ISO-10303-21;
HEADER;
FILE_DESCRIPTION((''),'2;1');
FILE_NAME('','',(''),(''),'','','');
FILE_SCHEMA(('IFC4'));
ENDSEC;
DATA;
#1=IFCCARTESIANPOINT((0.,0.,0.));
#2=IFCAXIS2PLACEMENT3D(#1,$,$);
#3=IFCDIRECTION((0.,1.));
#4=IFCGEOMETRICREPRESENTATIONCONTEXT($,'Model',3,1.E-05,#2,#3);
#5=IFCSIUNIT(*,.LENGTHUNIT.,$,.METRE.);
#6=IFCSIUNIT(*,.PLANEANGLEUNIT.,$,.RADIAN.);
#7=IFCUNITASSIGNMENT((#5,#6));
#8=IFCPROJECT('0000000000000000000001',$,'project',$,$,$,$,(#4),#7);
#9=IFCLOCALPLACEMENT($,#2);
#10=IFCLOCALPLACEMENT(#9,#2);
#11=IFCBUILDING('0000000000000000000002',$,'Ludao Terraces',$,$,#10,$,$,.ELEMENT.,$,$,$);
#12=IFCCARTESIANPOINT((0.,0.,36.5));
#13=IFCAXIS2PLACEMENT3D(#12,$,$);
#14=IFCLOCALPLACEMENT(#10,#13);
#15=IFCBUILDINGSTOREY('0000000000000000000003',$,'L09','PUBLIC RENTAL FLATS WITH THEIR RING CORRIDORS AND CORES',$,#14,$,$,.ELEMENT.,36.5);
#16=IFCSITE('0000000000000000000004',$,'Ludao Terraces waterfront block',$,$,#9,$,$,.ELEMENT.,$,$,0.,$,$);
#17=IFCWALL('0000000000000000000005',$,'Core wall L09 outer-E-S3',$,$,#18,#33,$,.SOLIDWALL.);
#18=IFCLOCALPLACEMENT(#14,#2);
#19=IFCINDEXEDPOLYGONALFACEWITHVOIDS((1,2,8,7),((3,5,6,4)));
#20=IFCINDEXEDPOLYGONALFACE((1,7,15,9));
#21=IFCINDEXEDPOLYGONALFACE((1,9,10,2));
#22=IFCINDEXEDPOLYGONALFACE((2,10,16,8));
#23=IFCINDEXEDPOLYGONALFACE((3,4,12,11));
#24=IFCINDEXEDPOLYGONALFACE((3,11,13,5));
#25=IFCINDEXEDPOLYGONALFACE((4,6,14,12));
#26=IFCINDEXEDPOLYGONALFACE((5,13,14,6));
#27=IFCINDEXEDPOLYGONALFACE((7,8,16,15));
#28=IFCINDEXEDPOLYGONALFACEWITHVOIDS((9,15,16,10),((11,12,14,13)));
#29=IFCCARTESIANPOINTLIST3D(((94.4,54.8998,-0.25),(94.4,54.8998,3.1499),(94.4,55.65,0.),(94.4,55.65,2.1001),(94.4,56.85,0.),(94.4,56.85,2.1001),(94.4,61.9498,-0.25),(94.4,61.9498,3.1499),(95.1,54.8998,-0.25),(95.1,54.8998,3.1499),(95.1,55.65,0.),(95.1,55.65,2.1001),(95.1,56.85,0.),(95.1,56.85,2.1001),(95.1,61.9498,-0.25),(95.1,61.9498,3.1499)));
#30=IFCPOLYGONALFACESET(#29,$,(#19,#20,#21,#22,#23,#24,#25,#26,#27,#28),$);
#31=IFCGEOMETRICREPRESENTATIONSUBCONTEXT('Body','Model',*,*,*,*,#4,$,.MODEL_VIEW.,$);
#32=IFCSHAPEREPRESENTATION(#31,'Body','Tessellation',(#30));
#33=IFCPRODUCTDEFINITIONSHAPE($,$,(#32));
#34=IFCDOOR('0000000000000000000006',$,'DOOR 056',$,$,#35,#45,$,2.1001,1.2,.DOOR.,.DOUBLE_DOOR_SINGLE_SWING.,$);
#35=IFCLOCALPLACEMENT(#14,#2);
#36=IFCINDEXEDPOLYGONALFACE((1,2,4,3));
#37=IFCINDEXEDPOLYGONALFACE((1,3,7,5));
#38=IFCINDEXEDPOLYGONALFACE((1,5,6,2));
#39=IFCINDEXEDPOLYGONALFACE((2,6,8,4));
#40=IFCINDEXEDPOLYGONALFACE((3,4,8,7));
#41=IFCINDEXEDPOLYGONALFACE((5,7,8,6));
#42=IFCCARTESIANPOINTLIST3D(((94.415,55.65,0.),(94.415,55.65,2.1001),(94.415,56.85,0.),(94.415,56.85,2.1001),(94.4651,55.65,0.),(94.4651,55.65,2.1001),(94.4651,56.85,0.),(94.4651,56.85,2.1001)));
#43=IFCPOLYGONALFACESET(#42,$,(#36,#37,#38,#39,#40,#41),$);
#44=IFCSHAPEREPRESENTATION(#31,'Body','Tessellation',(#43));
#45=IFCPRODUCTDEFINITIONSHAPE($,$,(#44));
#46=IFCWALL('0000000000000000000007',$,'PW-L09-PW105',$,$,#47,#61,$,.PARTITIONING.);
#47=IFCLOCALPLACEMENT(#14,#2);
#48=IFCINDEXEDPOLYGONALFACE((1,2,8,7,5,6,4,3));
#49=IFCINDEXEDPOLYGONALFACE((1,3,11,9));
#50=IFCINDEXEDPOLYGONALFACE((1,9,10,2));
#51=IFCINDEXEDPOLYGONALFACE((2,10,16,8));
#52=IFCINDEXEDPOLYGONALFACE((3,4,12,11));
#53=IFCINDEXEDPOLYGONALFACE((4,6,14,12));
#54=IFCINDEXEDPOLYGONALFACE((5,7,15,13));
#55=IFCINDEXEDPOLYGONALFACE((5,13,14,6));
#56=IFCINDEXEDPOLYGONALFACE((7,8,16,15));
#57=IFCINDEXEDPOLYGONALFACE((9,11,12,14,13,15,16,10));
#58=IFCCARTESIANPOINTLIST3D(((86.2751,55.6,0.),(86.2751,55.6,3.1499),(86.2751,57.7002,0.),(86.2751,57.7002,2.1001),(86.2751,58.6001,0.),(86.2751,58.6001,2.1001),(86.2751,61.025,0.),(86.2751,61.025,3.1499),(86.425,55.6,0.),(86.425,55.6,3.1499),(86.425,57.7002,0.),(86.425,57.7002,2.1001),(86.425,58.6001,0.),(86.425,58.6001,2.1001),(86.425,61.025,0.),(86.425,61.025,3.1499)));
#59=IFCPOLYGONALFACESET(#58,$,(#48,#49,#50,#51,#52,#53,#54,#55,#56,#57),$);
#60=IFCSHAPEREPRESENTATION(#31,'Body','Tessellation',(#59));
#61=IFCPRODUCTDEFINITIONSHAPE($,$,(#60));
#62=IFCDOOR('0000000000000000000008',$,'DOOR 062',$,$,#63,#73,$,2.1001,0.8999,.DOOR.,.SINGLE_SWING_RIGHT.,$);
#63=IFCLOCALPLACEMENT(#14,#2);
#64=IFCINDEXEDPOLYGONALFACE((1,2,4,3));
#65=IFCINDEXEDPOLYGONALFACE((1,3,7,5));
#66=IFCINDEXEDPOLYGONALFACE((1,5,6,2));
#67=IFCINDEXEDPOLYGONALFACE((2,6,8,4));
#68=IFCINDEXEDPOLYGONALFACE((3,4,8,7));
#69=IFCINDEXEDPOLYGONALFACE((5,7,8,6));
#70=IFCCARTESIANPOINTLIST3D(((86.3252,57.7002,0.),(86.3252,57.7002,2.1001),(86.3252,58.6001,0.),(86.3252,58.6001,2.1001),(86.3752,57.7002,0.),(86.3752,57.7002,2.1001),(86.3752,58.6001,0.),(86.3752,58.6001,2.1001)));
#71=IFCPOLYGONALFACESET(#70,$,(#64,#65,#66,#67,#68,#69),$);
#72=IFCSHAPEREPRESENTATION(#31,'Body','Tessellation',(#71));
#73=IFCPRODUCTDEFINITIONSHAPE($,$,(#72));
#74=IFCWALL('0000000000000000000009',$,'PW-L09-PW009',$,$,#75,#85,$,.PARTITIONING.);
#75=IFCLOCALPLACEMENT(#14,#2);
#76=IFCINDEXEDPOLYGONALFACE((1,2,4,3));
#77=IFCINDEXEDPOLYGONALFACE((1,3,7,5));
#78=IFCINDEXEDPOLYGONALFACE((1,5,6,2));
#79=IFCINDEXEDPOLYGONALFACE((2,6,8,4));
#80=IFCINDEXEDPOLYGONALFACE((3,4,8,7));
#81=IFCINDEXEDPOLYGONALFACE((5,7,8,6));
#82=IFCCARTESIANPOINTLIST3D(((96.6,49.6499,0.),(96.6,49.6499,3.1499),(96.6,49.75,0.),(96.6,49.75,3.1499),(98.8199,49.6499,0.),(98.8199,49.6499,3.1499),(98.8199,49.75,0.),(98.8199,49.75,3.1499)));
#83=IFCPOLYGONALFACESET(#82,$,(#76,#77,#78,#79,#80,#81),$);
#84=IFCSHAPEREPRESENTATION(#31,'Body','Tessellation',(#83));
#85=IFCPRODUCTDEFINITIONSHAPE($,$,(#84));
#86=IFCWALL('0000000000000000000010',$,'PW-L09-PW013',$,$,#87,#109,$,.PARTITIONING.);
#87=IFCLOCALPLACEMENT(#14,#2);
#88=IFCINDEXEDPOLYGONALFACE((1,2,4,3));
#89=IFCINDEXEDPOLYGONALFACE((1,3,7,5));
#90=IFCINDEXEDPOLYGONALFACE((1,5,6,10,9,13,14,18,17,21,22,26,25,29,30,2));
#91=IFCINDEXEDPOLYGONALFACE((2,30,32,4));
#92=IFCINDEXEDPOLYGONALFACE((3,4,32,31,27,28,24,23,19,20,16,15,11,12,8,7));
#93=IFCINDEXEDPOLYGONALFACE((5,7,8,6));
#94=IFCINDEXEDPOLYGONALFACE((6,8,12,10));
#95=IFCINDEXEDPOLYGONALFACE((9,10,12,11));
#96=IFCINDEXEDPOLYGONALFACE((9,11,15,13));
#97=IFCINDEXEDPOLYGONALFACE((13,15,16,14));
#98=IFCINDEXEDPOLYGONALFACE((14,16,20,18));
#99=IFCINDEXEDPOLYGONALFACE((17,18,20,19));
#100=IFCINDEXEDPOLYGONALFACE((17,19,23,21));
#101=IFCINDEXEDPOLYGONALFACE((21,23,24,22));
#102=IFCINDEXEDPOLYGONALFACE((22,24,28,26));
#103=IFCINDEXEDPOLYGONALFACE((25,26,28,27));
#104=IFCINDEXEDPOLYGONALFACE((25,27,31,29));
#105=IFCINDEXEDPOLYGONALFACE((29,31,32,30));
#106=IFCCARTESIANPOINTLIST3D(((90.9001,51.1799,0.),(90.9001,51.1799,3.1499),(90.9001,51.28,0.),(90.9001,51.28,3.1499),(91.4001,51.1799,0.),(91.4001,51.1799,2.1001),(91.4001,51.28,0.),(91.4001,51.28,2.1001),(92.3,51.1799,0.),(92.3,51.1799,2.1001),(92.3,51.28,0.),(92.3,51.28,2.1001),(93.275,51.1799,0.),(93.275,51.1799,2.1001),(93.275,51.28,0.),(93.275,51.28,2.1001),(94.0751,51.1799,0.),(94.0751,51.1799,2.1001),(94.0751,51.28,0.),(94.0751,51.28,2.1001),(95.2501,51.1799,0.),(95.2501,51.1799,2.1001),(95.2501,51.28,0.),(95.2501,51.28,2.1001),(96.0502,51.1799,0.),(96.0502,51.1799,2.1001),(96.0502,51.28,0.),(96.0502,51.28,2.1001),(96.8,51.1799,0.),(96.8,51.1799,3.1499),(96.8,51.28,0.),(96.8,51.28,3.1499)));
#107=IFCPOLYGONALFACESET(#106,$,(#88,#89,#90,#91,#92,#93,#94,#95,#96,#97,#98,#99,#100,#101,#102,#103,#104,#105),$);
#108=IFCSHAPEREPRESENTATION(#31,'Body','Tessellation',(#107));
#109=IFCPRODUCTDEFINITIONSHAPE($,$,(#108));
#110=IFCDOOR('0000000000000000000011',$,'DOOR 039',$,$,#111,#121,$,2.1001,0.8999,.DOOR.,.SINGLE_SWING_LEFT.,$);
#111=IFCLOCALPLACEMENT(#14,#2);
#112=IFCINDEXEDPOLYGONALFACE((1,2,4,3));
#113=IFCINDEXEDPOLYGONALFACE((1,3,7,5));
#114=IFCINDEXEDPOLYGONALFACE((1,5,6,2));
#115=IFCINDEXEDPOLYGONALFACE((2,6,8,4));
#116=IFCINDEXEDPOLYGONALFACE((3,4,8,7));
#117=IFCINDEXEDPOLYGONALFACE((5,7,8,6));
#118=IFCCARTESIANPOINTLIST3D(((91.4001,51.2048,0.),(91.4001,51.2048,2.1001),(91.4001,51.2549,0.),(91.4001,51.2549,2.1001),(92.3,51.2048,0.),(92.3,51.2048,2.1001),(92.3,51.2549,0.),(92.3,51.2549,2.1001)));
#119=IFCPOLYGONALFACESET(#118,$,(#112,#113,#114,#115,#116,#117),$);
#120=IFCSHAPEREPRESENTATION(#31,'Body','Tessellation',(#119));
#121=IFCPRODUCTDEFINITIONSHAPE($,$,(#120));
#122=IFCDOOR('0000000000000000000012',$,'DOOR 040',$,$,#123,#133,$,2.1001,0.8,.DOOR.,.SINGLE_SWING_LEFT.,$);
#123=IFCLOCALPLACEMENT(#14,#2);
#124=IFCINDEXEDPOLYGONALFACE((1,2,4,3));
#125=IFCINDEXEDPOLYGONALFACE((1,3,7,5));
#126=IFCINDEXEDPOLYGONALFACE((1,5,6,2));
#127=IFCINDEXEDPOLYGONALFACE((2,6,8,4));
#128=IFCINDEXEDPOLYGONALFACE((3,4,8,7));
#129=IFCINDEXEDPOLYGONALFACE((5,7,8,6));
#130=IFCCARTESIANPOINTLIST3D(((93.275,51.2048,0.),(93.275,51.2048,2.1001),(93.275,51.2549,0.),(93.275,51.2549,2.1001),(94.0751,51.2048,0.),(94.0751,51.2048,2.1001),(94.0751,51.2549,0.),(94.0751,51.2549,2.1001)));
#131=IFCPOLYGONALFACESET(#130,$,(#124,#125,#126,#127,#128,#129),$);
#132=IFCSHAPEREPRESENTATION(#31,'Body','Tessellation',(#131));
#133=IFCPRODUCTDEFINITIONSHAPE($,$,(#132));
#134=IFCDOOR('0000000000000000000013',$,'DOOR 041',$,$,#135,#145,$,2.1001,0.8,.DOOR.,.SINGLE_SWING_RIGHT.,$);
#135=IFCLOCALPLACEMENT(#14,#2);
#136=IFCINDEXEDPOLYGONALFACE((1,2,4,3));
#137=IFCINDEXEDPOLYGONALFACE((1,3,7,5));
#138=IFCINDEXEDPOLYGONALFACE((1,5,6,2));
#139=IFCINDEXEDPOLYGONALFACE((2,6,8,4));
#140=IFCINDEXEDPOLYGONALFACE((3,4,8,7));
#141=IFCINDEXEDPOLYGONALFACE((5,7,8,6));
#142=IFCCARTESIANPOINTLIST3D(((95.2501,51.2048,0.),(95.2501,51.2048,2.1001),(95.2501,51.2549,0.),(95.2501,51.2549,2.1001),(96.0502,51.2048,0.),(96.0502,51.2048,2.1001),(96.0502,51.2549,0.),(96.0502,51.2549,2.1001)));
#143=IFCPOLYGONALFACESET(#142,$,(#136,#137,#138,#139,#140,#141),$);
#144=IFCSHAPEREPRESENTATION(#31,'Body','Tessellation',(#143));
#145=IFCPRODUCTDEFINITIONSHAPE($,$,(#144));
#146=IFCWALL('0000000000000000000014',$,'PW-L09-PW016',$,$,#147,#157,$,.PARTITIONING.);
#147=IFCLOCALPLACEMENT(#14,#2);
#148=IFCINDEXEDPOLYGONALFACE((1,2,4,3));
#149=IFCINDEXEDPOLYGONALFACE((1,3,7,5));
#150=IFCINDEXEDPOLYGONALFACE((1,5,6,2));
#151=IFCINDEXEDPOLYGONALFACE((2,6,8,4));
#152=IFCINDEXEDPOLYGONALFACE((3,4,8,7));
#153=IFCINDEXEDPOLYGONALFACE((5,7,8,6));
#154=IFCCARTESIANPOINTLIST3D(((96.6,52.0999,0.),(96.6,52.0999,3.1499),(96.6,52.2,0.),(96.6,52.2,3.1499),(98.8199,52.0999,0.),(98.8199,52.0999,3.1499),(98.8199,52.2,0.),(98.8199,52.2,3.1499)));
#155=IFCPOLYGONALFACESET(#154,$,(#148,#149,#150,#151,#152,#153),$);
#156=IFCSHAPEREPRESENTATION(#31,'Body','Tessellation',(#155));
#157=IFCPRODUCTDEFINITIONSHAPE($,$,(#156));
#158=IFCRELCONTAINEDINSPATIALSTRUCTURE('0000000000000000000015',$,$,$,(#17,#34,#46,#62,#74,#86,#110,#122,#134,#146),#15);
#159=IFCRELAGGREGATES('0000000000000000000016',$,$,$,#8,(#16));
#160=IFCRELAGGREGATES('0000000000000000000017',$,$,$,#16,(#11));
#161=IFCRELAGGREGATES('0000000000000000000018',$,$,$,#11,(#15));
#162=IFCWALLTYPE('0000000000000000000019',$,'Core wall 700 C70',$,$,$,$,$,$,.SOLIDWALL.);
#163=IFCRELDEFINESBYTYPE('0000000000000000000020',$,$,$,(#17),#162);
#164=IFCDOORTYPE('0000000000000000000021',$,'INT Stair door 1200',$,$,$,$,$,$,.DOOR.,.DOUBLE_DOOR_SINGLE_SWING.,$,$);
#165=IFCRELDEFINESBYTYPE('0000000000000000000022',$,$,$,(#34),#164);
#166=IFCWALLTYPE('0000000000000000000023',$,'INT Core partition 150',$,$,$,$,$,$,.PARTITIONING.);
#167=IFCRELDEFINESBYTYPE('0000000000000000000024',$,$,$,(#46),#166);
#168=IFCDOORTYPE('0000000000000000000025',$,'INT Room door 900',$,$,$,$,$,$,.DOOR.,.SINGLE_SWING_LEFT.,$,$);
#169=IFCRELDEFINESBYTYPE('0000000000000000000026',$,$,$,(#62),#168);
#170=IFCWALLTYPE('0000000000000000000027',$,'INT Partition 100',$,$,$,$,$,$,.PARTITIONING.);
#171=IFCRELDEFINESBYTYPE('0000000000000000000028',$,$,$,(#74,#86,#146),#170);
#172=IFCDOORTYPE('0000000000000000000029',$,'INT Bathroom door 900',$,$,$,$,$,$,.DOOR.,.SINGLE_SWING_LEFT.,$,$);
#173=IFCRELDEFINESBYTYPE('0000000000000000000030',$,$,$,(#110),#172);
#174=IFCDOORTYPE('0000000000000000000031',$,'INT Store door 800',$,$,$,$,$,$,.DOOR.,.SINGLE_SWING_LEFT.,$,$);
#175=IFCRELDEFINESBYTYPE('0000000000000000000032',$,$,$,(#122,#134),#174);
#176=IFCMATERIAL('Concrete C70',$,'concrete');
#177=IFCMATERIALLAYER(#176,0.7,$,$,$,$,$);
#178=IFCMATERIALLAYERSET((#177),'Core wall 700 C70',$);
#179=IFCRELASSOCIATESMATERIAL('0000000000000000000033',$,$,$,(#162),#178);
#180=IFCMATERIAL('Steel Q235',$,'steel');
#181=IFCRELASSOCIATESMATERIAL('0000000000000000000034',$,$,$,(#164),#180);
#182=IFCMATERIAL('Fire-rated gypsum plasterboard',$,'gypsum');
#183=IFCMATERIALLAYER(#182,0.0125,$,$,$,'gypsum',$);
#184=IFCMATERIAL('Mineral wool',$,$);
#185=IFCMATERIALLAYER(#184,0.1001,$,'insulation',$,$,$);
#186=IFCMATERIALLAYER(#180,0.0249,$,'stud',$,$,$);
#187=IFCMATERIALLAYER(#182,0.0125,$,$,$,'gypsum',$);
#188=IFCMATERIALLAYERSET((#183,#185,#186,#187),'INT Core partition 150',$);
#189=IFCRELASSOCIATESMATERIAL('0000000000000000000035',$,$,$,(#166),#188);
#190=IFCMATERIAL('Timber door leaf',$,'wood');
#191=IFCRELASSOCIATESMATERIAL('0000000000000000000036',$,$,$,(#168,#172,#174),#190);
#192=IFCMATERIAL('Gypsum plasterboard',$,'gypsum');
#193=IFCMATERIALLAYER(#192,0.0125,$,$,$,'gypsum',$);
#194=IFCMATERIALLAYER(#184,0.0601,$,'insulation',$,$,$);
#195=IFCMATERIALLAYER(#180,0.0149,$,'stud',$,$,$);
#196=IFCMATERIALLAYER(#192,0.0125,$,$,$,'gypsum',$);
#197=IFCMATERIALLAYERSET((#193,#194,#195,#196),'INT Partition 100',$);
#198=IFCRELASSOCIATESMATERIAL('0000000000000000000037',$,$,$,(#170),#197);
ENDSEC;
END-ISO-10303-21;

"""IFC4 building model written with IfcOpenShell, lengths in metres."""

from ifc_helpers import new_model, si_unit, direction, frame, frame_2d, origin, place, context, subcontext, project, spatial, rectangle, extrude, material, layer, layer_set, type_object, element, fill, save


model = new_model("IFC4")

# Units and contexts
model_context = context("Model", 3, precision=1e-05, world=origin(), true_north=direction((0.0, 1.0)))
body_context = subcontext(model_context, "Body", "Model", "MODEL_VIEW")
ifc_project = project(units=[si_unit("LENGTHUNIT", "METRE"), si_unit("PLANEANGLEUNIT", "RADIAN")], contexts=[model_context])

# Site, building, storey
site_placement = place(None, origin())
site = spatial("IfcSite", under=ifc_project, at=site_placement, Name="Ludao Terraces waterfront block", CompositionType="ELEMENT", RefElevation=0.0)
building_placement = place(site_placement, origin())
building = spatial("IfcBuilding", under=site, at=building_placement, Name="Ludao Terraces", CompositionType="ELEMENT")
storey_placement = place(building_placement, frame((0.0, 0.0, 36.5)))
storey = spatial("IfcBuildingStorey", under=building, at=storey_placement, Name="L09", Description="PUBLIC RENTAL FLATS WITH THEIR RING CORRIDORS AND CORES", CompositionType="ELEMENT", Elevation=36.5)

# Walls, openings, doors
ifc_material_1 = material(Name="Concrete C70", Category="concrete")
ifc_layer_1 = layer(ifc_material_1, 0.7)
ifc_layer_set_1 = layer_set([ifc_layer_1], Name="Core wall 700 C70")
wall_type_1 = type_object("IfcWallType", Name="Core wall 700 C70", PredefinedType="SOLIDWALL", material=ifc_layer_set_1)
wall_1_placement = place(storey_placement, frame((94.75, 54.8999, -0.25), z_axis=(0.0, 0.0, 1.0), x_axis=(0.0, 1.0, 0.0)))
wall_1 = element("IfcWall", 1, at=wall_1_placement, inside=storey, type_object=wall_type_1, Name="Core wall L09 outer-E-S3", PredefinedType="SOLIDWALL", context=body_context, shape_type="SweptSolid", body=[
    extrude(rectangle(XDim=7.05, YDim=0.7, at=frame_2d((3.5249, 0.0))), origin(), (0.0, 0.0, 1.0), 3.3999),
])
opening_1_placement = place(wall_1_placement, frame((0.75, 0.0, 0.25)))
opening_1 = element("IfcOpeningElement", 2, at=opening_1_placement, cuts=wall_1, PredefinedType="OPENING", context=body_context, shape_type="SweptSolid", body=[
    extrude(rectangle(XDim=1.2, YDim=2.1001, at=frame_2d((0.6001, 1.05))), frame((0.0, 0.3599, 0.0), z_axis=(0.0, -1.0, 0.0), x_axis=(1.0, 0.0, 0.0)), (0.0, 0.0, 1.0), 0.72),
])
ifc_material_2 = material(Name="Steel Q235", Category="steel")
door_type_1 = type_object("IfcDoorType", Name="INT Stair door 1200", OperationType="DOUBLE_DOOR_SINGLE_SWING", PredefinedType="DOOR", material=ifc_material_2)
door_1_placement = place(opening_1_placement, origin())
door_1 = element("IfcDoor", 3, at=door_1_placement, inside=storey, type_object=door_type_1, Name="DOOR 056", OperationType="DOUBLE_DOOR_SINGLE_SWING", OverallHeight=2.1001, OverallWidth=1.2, PredefinedType="DOOR", context=body_context, shape_type="SweptSolid", body=[
    extrude(rectangle(XDim=1.2, YDim=2.1001, at=frame_2d((0.6001, 1.05))), frame((0.0, 0.335, 0.0), z_axis=(0.0, -1.0, 0.0), x_axis=(1.0, 0.0, 0.0)), (0.0, 0.0, 1.0), 0.05),
])
fill(opening_1, door_1)
ifc_material_3 = material(Name="Fire-rated gypsum plasterboard", Category="gypsum")
ifc_layer_2 = layer(ifc_material_3, 0.0125, Category="gypsum")
ifc_material_4 = material(Name="Mineral wool")
ifc_layer_3 = layer(ifc_material_4, 0.1001, Name="insulation")
ifc_layer_4 = layer(ifc_material_2, 0.0249, Name="stud")
ifc_layer_5 = layer(ifc_material_3, 0.0125, Category="gypsum")
ifc_layer_set_2 = layer_set([ifc_layer_2, ifc_layer_3, ifc_layer_4, ifc_layer_5], Name="INT Core partition 150")
wall_type_2 = type_object("IfcWallType", Name="INT Core partition 150", PredefinedType="PARTITIONING", material=ifc_layer_set_2)
wall_2_placement = place(storey_placement, frame((86.3501, 55.6001, 0.0), z_axis=(0.0, 0.0, 1.0), x_axis=(0.0, 1.0, 0.0)))
wall_2 = element("IfcWall", 4, at=wall_2_placement, inside=storey, type_object=wall_type_2, Name="PW-L09-PW105", PredefinedType="PARTITIONING", context=body_context, shape_type="SweptSolid", body=[
    extrude(rectangle(XDim=5.425, YDim=0.1499, at=frame_2d((2.7124, 0.0))), origin(), (0.0, 0.0, 1.0), 3.1499),
])
opening_2_placement = place(wall_2_placement, frame((2.1001, 0.0, 0.0)))
opening_2 = element("IfcOpeningElement", 5, at=opening_2_placement, cuts=wall_2, PredefinedType="OPENING", context=body_context, shape_type="SweptSolid", body=[
    extrude(rectangle(XDim=0.8999, YDim=2.1001, at=frame_2d((0.45, 1.05))), frame((0.0, 0.085, 0.0), z_axis=(0.0, -1.0, 0.0), x_axis=(1.0, 0.0, 0.0)), (0.0, 0.0, 1.0), 0.1699),
])
ifc_material_5 = material(Name="Timber door leaf", Category="wood")
door_type_2 = type_object("IfcDoorType", Name="INT Room door 900", OperationType="SINGLE_SWING_LEFT", PredefinedType="DOOR", material=ifc_material_5)
door_2_placement = place(opening_2_placement, origin())
door_2 = element("IfcDoor", 6, at=door_2_placement, inside=storey, type_object=door_type_2, Name="DOOR 062", OperationType="SINGLE_SWING_RIGHT", OverallHeight=2.1001, OverallWidth=0.8999, PredefinedType="DOOR", context=body_context, shape_type="SweptSolid", body=[
    extrude(rectangle(XDim=0.8999, YDim=2.1001, at=frame_2d((0.45, 1.05))), frame((0.0, 0.0249, 0.0), z_axis=(0.0, -1.0, 0.0), x_axis=(1.0, 0.0, 0.0)), (0.0, 0.0, 1.0), 0.05),
])
fill(opening_2, door_2)

# Wall
ifc_material_6 = material(Name="Gypsum plasterboard", Category="gypsum")
ifc_layer_6 = layer(ifc_material_6, 0.0125, Category="gypsum")
ifc_layer_7 = layer(ifc_material_4, 0.0601, Name="insulation")
ifc_layer_8 = layer(ifc_material_2, 0.0149, Name="stud")
ifc_layer_9 = layer(ifc_material_6, 0.0125, Category="gypsum")
ifc_layer_set_3 = layer_set([ifc_layer_6, ifc_layer_7, ifc_layer_8, ifc_layer_9], Name="INT Partition 100")
wall_type_3 = type_object("IfcWallType", Name="INT Partition 100", PredefinedType="PARTITIONING", material=ifc_layer_set_3)
wall_3_placement = place(storey_placement, frame((96.6001, 49.7, 0.0), z_axis=(0.0, 0.0, 1.0), x_axis=(1.0, 0.0, 0.0)))
element("IfcWall", 7, at=wall_3_placement, inside=storey, type_object=wall_type_3, Name="PW-L09-PW009", PredefinedType="PARTITIONING", context=body_context, shape_type="SweptSolid", body=[
    extrude(rectangle(XDim=2.22, YDim=0.1001, at=frame_2d((1.1099, 0.0))), origin(), (0.0, 0.0, 1.0), 3.1499),
])

# Wall, openings, doors
wall_4_placement = place(storey_placement, frame((90.9001, 51.23, 0.0), z_axis=(0.0, 0.0, 1.0), x_axis=(1.0, 0.0, 0.0)))
wall_4 = element("IfcWall", 8, at=wall_4_placement, inside=storey, type_object=wall_type_3, Name="PW-L09-PW013", PredefinedType="PARTITIONING", context=body_context, shape_type="SweptSolid", body=[
    extrude(rectangle(XDim=5.8999, YDim=0.1001, at=frame_2d((2.95, 0.0))), origin(), (0.0, 0.0, 1.0), 3.1499),
])
opening_3_placement = place(wall_4_placement, frame((0.5, 0.0, 0.0)))
opening_3 = element("IfcOpeningElement", 9, at=opening_3_placement, cuts=wall_4, PredefinedType="OPENING", context=body_context, shape_type="SweptSolid", body=[
    extrude(rectangle(XDim=0.8999, YDim=2.1001, at=frame_2d((0.45, 1.05))), frame((0.0, 0.0601, 0.0), z_axis=(0.0, -1.0, 0.0), x_axis=(1.0, 0.0, 0.0)), (0.0, 0.0, 1.0), 0.1201),
])
opening_4_placement = place(wall_4_placement, frame((2.375, 0.0, 0.0)))
opening_4 = element("IfcOpeningElement", 10, at=opening_4_placement, cuts=wall_4, PredefinedType="OPENING", context=body_context, shape_type="SweptSolid", body=[
    extrude(rectangle(XDim=0.8, YDim=2.1001, at=frame_2d((0.3999, 1.05))), frame((0.0, 0.0601, 0.0), z_axis=(0.0, -1.0, 0.0), x_axis=(1.0, 0.0, 0.0)), (0.0, 0.0, 1.0), 0.1201),
])
opening_5_placement = place(wall_4_placement, frame((4.3501, 0.0, 0.0)))
opening_5 = element("IfcOpeningElement", 11, at=opening_5_placement, cuts=wall_4, PredefinedType="OPENING", context=body_context, shape_type="SweptSolid", body=[
    extrude(rectangle(XDim=0.8, YDim=2.1001, at=frame_2d((0.3999, 1.05))), frame((0.0, 0.0601, 0.0), z_axis=(0.0, -1.0, 0.0), x_axis=(1.0, 0.0, 0.0)), (0.0, 0.0, 1.0), 0.1201),
])
door_type_3 = type_object("IfcDoorType", Name="INT Bathroom door 900", OperationType="SINGLE_SWING_LEFT", PredefinedType="DOOR", material=ifc_material_5)
door_3_placement = place(opening_3_placement, origin())
door_3 = element("IfcDoor", 12, at=door_3_placement, inside=storey, type_object=door_type_3, Name="DOOR 039", OperationType="SINGLE_SWING_LEFT", OverallHeight=2.1001, OverallWidth=0.8999, PredefinedType="DOOR", context=body_context, shape_type="SweptSolid", body=[
    extrude(rectangle(XDim=0.8999, YDim=2.1001, at=frame_2d((0.45, 1.05))), frame((0.0, 0.0249, 0.0), z_axis=(0.0, -1.0, 0.0), x_axis=(1.0, 0.0, 0.0)), (0.0, 0.0, 1.0), 0.05),
])
fill(opening_3, door_3)
door_type_4 = type_object("IfcDoorType", Name="INT Store door 800", OperationType="SINGLE_SWING_LEFT", PredefinedType="DOOR", material=ifc_material_5)
door_4_placement = place(opening_4_placement, origin())
door_4 = element("IfcDoor", 13, at=door_4_placement, inside=storey, type_object=door_type_4, Name="DOOR 040", OperationType="SINGLE_SWING_LEFT", OverallHeight=2.1001, OverallWidth=0.8, PredefinedType="DOOR", context=body_context, shape_type="SweptSolid", body=[
    extrude(rectangle(XDim=0.8, YDim=2.1001, at=frame_2d((0.3999, 1.05))), frame((0.0, 0.0249, 0.0), z_axis=(0.0, -1.0, 0.0), x_axis=(1.0, 0.0, 0.0)), (0.0, 0.0, 1.0), 0.05),
])
fill(opening_4, door_4)
door_5_placement = place(opening_5_placement, origin())
door_5 = element("IfcDoor", 14, at=door_5_placement, inside=storey, type_object=door_type_4, Name="DOOR 041", OperationType="SINGLE_SWING_RIGHT", OverallHeight=2.1001, OverallWidth=0.8, PredefinedType="DOOR", context=body_context, shape_type="SweptSolid", body=[
    extrude(rectangle(XDim=0.8, YDim=2.1001, at=frame_2d((0.3999, 1.05))), frame((0.0, 0.0249, 0.0), z_axis=(0.0, -1.0, 0.0), x_axis=(1.0, 0.0, 0.0)), (0.0, 0.0, 1.0), 0.05),
])
fill(opening_5, door_5)

# Wall
for number, where, z_axis, x_axis, name in (
    (15, (96.6001, 52.1499, 0.0), (0.0, 0.0, 1.0), (1.0, 0.0, 0.0), "PW-L09-PW016"),
):
    element("IfcWall", number, at=place(storey_placement, frame(where, z_axis=z_axis, x_axis=x_axis)), inside=storey, type_object=wall_type_3, Name=name, PredefinedType="PARTITIONING", context=body_context, shape_type="SweptSolid", body=[
        extrude(rectangle(XDim=2.22, YDim=0.1001, at=frame_2d((1.1099, 0.0))), origin(), (0.0, 0.0, 1.0), 3.1499),
    ])

save(model, "model.ifc")
